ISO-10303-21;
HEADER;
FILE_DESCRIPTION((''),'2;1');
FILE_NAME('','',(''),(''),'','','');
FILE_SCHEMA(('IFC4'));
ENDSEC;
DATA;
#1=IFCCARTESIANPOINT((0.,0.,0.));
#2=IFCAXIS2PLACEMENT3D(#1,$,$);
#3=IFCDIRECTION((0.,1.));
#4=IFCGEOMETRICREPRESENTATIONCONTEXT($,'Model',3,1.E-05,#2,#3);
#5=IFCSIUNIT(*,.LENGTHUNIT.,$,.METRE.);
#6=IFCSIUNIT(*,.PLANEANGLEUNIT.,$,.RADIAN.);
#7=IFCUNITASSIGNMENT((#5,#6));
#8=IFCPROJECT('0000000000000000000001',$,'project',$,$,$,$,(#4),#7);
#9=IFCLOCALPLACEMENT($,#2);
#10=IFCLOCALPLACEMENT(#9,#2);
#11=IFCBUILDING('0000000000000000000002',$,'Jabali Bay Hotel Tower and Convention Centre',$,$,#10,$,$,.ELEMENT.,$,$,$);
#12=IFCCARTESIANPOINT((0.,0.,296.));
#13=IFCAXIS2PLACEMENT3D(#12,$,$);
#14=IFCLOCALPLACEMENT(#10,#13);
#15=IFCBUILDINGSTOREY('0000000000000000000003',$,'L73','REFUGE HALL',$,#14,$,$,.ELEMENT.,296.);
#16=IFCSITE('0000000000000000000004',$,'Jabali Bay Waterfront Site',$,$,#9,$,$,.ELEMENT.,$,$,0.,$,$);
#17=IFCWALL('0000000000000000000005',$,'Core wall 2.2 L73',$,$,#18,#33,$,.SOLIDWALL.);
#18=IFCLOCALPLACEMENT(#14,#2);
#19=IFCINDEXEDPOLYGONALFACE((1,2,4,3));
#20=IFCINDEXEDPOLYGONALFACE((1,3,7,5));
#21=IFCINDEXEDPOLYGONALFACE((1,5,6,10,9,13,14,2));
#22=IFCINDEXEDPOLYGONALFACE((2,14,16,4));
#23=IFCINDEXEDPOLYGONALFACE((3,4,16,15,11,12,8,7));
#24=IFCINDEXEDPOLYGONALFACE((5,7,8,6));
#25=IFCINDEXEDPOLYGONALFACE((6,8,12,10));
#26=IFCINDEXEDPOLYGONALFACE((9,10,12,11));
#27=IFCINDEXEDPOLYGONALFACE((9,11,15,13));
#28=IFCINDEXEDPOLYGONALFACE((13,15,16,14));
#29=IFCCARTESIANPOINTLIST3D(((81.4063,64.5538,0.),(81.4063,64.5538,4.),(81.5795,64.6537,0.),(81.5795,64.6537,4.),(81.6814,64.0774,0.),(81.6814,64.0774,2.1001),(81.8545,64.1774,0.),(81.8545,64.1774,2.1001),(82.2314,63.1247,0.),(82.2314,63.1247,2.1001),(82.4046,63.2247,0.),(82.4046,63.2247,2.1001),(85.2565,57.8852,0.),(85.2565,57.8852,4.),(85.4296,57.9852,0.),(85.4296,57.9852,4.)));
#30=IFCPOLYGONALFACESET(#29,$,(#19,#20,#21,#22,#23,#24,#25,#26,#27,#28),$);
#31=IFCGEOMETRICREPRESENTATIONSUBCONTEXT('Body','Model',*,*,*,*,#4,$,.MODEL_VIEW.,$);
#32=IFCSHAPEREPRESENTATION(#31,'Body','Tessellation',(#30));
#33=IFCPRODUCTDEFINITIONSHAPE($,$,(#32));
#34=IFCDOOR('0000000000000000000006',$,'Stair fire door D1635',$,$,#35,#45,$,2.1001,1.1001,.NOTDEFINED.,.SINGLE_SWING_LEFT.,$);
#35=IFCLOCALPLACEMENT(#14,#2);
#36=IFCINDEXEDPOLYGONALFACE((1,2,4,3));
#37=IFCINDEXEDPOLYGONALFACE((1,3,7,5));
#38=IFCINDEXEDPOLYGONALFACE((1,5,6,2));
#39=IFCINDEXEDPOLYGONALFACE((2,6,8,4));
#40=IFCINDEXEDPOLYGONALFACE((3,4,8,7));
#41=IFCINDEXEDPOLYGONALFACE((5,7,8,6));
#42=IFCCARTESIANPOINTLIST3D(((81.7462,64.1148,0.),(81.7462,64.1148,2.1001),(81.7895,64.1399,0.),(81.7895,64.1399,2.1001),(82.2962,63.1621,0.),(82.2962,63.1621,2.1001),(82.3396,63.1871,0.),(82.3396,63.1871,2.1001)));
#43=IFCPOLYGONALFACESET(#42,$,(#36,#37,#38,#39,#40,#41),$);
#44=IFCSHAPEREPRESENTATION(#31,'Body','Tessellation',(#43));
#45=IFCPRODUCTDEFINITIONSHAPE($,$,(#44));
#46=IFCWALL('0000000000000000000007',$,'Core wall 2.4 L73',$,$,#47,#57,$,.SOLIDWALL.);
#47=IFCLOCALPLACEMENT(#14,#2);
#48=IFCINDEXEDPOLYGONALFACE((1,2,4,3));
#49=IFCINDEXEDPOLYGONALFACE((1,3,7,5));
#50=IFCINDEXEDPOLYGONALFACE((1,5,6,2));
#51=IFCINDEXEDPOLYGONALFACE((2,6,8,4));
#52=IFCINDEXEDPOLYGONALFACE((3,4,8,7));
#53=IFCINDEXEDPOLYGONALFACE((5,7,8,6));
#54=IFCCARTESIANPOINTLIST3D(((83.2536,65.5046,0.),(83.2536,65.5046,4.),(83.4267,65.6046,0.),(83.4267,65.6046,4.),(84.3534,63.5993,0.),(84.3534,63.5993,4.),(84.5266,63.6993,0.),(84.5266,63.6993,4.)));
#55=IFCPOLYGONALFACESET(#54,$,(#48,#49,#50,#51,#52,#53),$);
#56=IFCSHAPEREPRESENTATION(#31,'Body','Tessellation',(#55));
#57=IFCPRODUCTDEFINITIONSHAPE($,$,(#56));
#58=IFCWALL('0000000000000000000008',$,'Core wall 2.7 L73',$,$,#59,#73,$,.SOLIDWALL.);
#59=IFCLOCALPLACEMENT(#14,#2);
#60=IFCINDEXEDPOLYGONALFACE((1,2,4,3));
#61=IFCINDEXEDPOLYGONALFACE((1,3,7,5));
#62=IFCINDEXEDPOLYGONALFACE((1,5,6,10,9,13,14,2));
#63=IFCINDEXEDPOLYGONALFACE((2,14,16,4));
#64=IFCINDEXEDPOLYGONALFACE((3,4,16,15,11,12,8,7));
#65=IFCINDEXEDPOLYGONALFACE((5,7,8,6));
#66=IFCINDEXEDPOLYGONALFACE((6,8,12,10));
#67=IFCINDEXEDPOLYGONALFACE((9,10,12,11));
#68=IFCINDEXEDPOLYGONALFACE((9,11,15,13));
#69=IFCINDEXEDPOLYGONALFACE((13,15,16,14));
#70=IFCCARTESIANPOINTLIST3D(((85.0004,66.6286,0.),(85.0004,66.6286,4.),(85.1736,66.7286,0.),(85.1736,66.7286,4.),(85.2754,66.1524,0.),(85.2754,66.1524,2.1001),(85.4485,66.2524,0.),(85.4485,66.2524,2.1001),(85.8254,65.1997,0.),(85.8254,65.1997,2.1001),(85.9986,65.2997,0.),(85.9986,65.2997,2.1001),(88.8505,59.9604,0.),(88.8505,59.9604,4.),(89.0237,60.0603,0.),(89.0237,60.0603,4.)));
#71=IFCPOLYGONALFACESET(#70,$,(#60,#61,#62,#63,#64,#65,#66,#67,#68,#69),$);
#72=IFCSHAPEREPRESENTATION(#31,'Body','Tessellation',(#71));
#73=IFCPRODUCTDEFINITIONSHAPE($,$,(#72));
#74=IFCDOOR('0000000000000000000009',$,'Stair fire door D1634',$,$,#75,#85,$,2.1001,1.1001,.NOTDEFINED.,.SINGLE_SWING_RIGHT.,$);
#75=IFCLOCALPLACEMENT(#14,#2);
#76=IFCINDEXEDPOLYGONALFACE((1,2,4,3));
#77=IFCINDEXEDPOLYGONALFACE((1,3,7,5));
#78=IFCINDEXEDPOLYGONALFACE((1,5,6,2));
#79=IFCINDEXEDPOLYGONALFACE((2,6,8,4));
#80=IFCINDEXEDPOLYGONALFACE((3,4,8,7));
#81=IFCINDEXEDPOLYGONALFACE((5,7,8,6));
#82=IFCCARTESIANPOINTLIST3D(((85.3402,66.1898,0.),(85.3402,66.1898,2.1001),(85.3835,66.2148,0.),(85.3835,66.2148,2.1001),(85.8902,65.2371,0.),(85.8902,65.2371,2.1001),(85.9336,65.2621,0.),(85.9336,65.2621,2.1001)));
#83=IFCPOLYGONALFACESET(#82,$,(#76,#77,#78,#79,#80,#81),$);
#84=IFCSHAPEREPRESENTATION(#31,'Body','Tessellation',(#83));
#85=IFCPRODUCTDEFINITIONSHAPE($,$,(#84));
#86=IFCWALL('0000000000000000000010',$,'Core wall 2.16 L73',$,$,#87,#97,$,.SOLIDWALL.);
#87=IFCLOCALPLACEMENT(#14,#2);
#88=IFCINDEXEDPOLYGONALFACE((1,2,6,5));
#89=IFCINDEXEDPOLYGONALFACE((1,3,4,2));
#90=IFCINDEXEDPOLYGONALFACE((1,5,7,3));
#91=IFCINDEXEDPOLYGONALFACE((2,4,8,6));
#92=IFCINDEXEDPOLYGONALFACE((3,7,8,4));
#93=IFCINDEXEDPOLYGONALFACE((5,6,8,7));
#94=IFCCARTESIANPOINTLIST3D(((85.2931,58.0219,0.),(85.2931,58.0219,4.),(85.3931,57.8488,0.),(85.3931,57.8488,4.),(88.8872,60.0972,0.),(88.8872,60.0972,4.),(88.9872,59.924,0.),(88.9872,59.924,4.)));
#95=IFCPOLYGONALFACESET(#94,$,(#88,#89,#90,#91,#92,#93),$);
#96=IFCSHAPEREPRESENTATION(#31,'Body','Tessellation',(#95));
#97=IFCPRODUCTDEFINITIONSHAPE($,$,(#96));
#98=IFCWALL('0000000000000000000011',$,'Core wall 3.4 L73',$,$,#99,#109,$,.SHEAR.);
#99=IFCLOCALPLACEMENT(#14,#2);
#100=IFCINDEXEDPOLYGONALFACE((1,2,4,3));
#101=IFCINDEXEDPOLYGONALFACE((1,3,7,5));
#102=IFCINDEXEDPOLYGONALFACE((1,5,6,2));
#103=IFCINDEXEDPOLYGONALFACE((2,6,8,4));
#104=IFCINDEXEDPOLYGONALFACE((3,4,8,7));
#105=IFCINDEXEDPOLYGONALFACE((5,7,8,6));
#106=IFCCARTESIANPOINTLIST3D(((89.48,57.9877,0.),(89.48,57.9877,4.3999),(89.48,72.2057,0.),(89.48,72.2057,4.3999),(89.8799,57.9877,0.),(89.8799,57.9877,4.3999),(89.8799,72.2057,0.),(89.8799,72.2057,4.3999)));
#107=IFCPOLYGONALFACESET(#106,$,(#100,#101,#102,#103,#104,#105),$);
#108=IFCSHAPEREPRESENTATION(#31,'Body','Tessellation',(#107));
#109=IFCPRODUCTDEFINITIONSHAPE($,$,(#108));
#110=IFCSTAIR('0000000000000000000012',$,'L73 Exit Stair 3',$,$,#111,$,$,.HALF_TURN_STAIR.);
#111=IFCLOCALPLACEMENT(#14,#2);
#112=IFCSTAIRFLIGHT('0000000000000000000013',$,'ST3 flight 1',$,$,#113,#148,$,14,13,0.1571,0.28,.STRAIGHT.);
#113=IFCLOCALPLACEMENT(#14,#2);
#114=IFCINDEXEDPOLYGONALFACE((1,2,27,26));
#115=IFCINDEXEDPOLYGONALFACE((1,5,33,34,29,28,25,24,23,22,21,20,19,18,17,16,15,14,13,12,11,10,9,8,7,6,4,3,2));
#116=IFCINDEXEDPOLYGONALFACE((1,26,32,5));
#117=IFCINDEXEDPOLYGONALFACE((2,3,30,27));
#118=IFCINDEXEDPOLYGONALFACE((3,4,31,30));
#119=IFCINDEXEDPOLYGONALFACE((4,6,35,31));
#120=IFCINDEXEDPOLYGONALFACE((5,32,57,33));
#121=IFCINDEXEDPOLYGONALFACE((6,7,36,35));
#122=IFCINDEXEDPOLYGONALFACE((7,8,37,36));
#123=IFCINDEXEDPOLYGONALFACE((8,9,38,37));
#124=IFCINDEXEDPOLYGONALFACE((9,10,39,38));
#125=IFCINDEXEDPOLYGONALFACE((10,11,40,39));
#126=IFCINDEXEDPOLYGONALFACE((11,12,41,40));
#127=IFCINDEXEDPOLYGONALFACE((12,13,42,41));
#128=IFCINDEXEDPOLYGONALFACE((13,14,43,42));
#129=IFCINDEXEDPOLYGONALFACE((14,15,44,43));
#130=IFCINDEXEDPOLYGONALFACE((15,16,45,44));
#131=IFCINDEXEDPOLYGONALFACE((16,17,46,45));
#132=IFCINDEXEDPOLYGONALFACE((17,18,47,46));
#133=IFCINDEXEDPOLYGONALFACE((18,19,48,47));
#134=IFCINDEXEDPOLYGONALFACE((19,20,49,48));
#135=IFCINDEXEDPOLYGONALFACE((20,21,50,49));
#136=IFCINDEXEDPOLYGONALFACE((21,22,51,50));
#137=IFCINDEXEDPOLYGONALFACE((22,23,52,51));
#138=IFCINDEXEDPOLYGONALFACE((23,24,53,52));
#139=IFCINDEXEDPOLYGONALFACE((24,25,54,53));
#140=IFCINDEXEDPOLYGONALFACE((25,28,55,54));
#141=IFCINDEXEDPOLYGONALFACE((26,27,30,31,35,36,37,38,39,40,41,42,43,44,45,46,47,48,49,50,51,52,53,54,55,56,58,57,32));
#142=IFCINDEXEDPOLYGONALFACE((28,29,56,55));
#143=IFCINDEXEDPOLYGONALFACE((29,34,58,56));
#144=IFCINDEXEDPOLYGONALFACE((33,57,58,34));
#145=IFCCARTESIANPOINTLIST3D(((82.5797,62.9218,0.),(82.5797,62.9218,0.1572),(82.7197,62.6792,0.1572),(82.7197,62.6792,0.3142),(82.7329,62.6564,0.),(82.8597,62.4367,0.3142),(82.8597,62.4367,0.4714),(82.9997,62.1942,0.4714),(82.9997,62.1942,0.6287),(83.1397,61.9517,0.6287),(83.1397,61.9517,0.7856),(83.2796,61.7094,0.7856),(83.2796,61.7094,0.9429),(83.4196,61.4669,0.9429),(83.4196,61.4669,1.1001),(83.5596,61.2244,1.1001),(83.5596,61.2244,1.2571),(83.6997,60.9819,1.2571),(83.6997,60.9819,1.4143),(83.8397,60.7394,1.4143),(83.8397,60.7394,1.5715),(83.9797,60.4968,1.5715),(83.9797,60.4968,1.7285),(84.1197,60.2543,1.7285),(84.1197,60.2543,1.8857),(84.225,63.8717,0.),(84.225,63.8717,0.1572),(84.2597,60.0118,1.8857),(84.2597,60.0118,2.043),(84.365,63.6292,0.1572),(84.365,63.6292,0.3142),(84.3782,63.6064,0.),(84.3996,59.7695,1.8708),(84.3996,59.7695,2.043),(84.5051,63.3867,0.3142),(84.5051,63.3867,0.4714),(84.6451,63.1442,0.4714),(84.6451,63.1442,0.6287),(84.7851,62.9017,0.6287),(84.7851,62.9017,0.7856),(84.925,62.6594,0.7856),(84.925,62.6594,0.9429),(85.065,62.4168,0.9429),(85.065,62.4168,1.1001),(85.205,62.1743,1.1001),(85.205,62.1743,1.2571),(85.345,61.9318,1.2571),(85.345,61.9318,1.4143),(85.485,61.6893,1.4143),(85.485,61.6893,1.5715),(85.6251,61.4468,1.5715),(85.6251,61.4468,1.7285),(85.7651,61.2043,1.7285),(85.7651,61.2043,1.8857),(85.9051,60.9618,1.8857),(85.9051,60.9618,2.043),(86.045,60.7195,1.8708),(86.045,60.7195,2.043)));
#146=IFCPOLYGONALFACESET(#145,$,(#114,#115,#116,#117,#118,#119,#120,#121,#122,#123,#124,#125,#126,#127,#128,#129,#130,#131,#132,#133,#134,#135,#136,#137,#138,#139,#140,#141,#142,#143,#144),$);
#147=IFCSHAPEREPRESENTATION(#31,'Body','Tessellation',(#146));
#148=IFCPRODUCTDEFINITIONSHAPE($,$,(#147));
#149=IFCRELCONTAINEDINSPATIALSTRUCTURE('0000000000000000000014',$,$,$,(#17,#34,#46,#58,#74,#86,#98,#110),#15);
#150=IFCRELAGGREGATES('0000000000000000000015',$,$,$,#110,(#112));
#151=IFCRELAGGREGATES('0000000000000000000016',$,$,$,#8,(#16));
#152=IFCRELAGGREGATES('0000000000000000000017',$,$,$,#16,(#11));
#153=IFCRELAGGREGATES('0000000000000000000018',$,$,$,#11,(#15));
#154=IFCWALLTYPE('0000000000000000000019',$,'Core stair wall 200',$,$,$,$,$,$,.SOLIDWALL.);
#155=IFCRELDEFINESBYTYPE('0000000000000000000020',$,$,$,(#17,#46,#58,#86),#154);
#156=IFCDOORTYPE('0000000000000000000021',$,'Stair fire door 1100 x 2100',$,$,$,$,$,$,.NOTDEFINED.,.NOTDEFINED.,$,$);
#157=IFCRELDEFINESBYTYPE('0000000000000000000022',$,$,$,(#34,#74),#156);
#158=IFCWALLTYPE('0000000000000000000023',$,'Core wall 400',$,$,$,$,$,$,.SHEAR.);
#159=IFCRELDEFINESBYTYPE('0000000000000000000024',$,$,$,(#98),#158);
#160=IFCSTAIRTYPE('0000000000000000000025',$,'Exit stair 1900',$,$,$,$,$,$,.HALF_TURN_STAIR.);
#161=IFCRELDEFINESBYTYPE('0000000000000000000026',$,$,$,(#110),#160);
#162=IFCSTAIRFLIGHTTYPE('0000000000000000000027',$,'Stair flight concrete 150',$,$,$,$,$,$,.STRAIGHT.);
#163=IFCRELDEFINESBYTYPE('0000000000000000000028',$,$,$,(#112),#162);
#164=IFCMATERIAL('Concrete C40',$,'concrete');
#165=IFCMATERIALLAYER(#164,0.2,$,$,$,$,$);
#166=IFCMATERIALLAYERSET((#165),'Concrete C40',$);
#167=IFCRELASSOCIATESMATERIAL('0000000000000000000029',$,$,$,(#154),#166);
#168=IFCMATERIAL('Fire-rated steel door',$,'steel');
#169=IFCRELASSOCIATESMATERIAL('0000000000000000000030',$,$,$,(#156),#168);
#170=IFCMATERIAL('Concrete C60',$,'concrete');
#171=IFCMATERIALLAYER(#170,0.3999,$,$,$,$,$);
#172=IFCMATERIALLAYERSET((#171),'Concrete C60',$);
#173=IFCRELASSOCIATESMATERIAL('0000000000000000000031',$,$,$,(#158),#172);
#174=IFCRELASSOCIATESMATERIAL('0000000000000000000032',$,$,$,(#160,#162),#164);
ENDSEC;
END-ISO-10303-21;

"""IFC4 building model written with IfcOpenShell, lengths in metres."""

from ifc_helpers import new_model, si_unit, direction, frame, frame_2d, origin, place, context, subcontext, project, spatial, polyline, rectangle, outline, extrude, material, layer, layer_set, type_object, element, fill, aggregate, save


model = new_model("IFC4")

# Units and contexts
model_context = context("Model", 3, precision=1e-05, world=origin(), true_north=direction((0.0, 1.0)))
body_context = subcontext(model_context, "Body", "Model", "MODEL_VIEW")
ifc_project = project(units=[si_unit("LENGTHUNIT", "METRE"), si_unit("PLANEANGLEUNIT", "RADIAN")], contexts=[model_context])

# Site, building, storey
site_placement = place(None, origin())
site = spatial("IfcSite", under=ifc_project, at=site_placement, Name="Jabali Bay Waterfront Site", CompositionType="ELEMENT", RefElevation=0.0)
building_placement = place(site_placement, origin())
building = spatial("IfcBuilding", under=site, at=building_placement, Name="Jabali Bay Hotel Tower and Convention Centre", CompositionType="ELEMENT")
storey_placement = place(building_placement, frame((0.0, 0.0, 296.0)))
storey = spatial("IfcBuildingStorey", under=building, at=storey_placement, Name="L73", Description="REFUGE HALL", CompositionType="ELEMENT", Elevation=296.0)

# Shared definitions
ifc_material_1 = material(Name="Concrete C60", Category="concrete")

# Shared definitions
ifc_material_2 = material(Name="Concrete C40", Category="concrete")

# Wall, opening, door
ifc_layer_1 = layer(ifc_material_2, 0.2)
ifc_layer_set_1 = layer_set([ifc_layer_1], Name="Concrete C40")
wall_type_1 = type_object("IfcWallType", Name="Core stair wall 200", PredefinedType="SOLIDWALL", material=ifc_layer_set_1)
wall_1_placement = place(storey_placement, frame((81.4929, 64.6038, 0.0), z_axis=(0.0, 0.0, 1.0), x_axis=(0.500006, -0.866022, 0.0)))
wall_1 = element("IfcWall", 1, at=wall_1_placement, inside=storey, type_object=wall_type_1, Name="Core wall 2.2 L73", PredefinedType="SOLIDWALL", context=body_context, shape_type="SweptSolid", body=[
    extrude(rectangle(XDim=7.7002, YDim=0.2, at=frame_2d((3.8501, 0.0))), origin(), (0.0, 0.0, 1.0), 4.0),
])
opening_1_placement = place(wall_1_placement, frame((0.55, 0.0, 0.0)))
opening_1 = element("IfcOpeningElement", 2, at=opening_1_placement, cuts=wall_1, PredefinedType="OPENING", context=body_context, shape_type="SweptSolid", body=[
    extrude(rectangle(XDim=1.1001, YDim=2.1001, at=frame_2d((0.55, 1.05))), frame((0.0, 0.1104, 0.0), z_axis=(0.0, -1.0, 0.0), x_axis=(1.0, 0.0, 0.0)), (0.0, 0.0, 1.0), 0.2209),
])
ifc_material_3 = material(Name="Fire-rated steel door", Category="steel")
door_type = type_object("IfcDoorType", Name="Stair fire door 1100 x 2100", OperationType="NOTDEFINED", PredefinedType="NOTDEFINED", material=ifc_material_3)
door_1_placement = place(opening_1_placement, origin())
door_1 = element("IfcDoor", 3, at=door_1_placement, inside=storey, type_object=door_type, Name="Stair fire door D1635", OperationType="SINGLE_SWING_LEFT", OverallHeight=2.1001, OverallWidth=1.1001, PredefinedType="NOTDEFINED", context=body_context, shape_type="SweptSolid", body=[
    extrude(rectangle(XDim=1.1001, YDim=2.1001, at=frame_2d((0.55, 1.05))), frame((0.0, 0.0249, 0.0), z_axis=(0.0, -1.0, 0.0), x_axis=(1.0, 0.0, 0.0)), (0.0, 0.0, 1.0), 0.05),
])
fill(opening_1, door_1)

# Wall
wall_2_placement = place(storey_placement, frame((83.3401, 65.5547, 0.0), z_axis=(0.0, 0.0, 1.0), x_axis=(0.499947, -0.866056, 0.0)))
element("IfcWall", 4, at=wall_2_placement, inside=storey, type_object=wall_type_1, Name="Core wall 2.4 L73", PredefinedType="SOLIDWALL", context=body_context, shape_type="SweptSolid", body=[
    extrude(rectangle(XDim=2.2, YDim=0.2, at=frame_2d((1.1001, 0.0))), origin(), (0.0, 0.0, 1.0), 4.0),
])

# Wall, opening, door
wall_3_placement = place(storey_placement, frame((85.0869, 66.6787, 0.0), z_axis=(0.0, 0.0, 1.0), x_axis=(0.50002, -0.866014, 0.0)))
wall_3 = element("IfcWall", 5, at=wall_3_placement, inside=storey, type_object=wall_type_1, Name="Core wall 2.7 L73", PredefinedType="SOLIDWALL", context=body_context, shape_type="SweptSolid", body=[
    extrude(rectangle(XDim=7.7, YDim=0.2, at=frame_2d((3.8501, 0.0))), origin(), (0.0, 0.0, 1.0), 4.0),
])
opening_2_placement = place(wall_3_placement, frame((0.55, 0.0, 0.0)))
opening_2 = element("IfcOpeningElement", 6, at=opening_2_placement, cuts=wall_3, PredefinedType="OPENING", context=body_context, shape_type="SweptSolid", body=[
    extrude(rectangle(XDim=1.1001, YDim=2.1001, at=frame_2d((0.55, 1.05))), frame((0.0, 0.1104, 0.0), z_axis=(0.0, -1.0, 0.0), x_axis=(1.0, 0.0, 0.0)), (0.0, 0.0, 1.0), 0.2209),
])
door_2_placement = place(opening_2_placement, origin())
door_2 = element("IfcDoor", 7, at=door_2_placement, inside=storey, type_object=door_type, Name="Stair fire door D1634", OperationType="SINGLE_SWING_RIGHT", OverallHeight=2.1001, OverallWidth=1.1001, PredefinedType="NOTDEFINED", context=body_context, shape_type="SweptSolid", body=[
    extrude(rectangle(XDim=1.1001, YDim=2.1001, at=frame_2d((0.55, 1.05))), frame((0.0, 0.0249, 0.0), z_axis=(0.0, -1.0, 0.0), x_axis=(1.0, 0.0, 0.0)), (0.0, 0.0, 1.0), 0.05),
])
fill(opening_2, door_2)

# Walls
wall_4_placement = place(storey_placement, frame((85.343, 57.9353, 0.0), z_axis=(0.0, 0.0, 1.0), x_axis=(0.866004, 0.500036, 0.0)))
element("IfcWall", 8, at=wall_4_placement, inside=storey, type_object=wall_type_1, Name="Core wall 2.16 L73", PredefinedType="SOLIDWALL", context=body_context, shape_type="SweptSolid", body=[
    extrude(rectangle(XDim=4.1501, YDim=0.2, at=frame_2d((2.0752, 0.0))), origin(), (0.0, 0.0, 1.0), 4.0),
])
ifc_layer_2 = layer(ifc_material_1, 0.3999)
ifc_layer_set_2 = layer_set([ifc_layer_2], Name="Concrete C60")
wall_type_2 = type_object("IfcWallType", Name="Core wall 400", PredefinedType="SHEAR", material=ifc_layer_set_2)
wall_5_placement = place(storey_placement, frame((89.6799, 57.9878, 0.0), z_axis=(0.0, 0.0, 1.0), x_axis=(0.0, 1.0, 0.0)))
element("IfcWall", 9, at=wall_5_placement, inside=storey, type_object=wall_type_2, Name="Core wall 3.4 L73", PredefinedType="SHEAR", context=body_context, shape_type="SweptSolid", body=[
    extrude(rectangle(XDim=14.218, YDim=0.3999, at=frame_2d((7.1089, 0.0))), origin(), (0.0, 0.0, 1.0), 4.3999),
])

# Stair, stair flight
stair_type = type_object("IfcStairType", Name="Exit stair 1900", PredefinedType="HALF_TURN_STAIR", material=ifc_material_2)
stair_placement = place(storey_placement, origin())
stair = element("IfcStair", 10, at=stair_placement, inside=storey, type_object=stair_type, Name="L73 Exit Stair 3", PredefinedType="HALF_TURN_STAIR")
stair_flight_type = type_object("IfcStairFlightType", Name="Stair flight concrete 150", PredefinedType="STRAIGHT", material=ifc_material_2)
stair_flight_1_placement = place(storey_placement, frame((83.4023, 63.3967, 0.0), z_axis=(0.0, 0.0, 1.0), x_axis=(0.5, -0.866025, 0.0)))
stair_flight_1 = element("IfcStairFlight", 11, at=stair_flight_1_placement, type_object=stair_flight_type, Name="ST3 flight 1", NumberOfRisers=14, NumberOfTreads=13, PredefinedType="STRAIGHT", RiserHeight=0.1571, TreadLength=0.28, context=body_context, shape_type="SweptSolid", body=[
    extrude(outline(polyline([(0.0, 0.0), (0.0, 0.1572), (0.28, 0.1572), (0.28, 0.3142), (0.5601, 0.3142), (0.5601, 0.4714), (0.8401, 0.4714), (0.8401, 0.6287), (1.1201, 0.6287), (1.1201, 0.7856), (1.3999, 0.7856), (1.3999, 0.9429), (1.6799, 0.9429), (1.6799, 1.1001), (1.96, 1.1001), (1.96, 1.2571), (2.24, 1.2571), (2.24, 1.4143), (2.52, 1.4143), (2.52, 1.5715), (2.8, 1.5715), (2.8, 1.7285), (3.0801, 1.7285), (3.0801, 1.8857), (3.3601, 1.8857), (3.3601, 2.043), (3.6399, 2.043), (3.6399, 2.2), (3.6399, 1.8708), (0.3064, 0.0), (0.0, 0.0)])), frame((0.0, 0.95, 0.0), z_axis=(0.0, -1.0, 0.0), x_axis=(1.0, 0.0, 0.0)), (0.0, 0.0, 1.0), 1.8999),
])
aggregate(stair, [stair_flight_1])

save(model, "model.ifc")
